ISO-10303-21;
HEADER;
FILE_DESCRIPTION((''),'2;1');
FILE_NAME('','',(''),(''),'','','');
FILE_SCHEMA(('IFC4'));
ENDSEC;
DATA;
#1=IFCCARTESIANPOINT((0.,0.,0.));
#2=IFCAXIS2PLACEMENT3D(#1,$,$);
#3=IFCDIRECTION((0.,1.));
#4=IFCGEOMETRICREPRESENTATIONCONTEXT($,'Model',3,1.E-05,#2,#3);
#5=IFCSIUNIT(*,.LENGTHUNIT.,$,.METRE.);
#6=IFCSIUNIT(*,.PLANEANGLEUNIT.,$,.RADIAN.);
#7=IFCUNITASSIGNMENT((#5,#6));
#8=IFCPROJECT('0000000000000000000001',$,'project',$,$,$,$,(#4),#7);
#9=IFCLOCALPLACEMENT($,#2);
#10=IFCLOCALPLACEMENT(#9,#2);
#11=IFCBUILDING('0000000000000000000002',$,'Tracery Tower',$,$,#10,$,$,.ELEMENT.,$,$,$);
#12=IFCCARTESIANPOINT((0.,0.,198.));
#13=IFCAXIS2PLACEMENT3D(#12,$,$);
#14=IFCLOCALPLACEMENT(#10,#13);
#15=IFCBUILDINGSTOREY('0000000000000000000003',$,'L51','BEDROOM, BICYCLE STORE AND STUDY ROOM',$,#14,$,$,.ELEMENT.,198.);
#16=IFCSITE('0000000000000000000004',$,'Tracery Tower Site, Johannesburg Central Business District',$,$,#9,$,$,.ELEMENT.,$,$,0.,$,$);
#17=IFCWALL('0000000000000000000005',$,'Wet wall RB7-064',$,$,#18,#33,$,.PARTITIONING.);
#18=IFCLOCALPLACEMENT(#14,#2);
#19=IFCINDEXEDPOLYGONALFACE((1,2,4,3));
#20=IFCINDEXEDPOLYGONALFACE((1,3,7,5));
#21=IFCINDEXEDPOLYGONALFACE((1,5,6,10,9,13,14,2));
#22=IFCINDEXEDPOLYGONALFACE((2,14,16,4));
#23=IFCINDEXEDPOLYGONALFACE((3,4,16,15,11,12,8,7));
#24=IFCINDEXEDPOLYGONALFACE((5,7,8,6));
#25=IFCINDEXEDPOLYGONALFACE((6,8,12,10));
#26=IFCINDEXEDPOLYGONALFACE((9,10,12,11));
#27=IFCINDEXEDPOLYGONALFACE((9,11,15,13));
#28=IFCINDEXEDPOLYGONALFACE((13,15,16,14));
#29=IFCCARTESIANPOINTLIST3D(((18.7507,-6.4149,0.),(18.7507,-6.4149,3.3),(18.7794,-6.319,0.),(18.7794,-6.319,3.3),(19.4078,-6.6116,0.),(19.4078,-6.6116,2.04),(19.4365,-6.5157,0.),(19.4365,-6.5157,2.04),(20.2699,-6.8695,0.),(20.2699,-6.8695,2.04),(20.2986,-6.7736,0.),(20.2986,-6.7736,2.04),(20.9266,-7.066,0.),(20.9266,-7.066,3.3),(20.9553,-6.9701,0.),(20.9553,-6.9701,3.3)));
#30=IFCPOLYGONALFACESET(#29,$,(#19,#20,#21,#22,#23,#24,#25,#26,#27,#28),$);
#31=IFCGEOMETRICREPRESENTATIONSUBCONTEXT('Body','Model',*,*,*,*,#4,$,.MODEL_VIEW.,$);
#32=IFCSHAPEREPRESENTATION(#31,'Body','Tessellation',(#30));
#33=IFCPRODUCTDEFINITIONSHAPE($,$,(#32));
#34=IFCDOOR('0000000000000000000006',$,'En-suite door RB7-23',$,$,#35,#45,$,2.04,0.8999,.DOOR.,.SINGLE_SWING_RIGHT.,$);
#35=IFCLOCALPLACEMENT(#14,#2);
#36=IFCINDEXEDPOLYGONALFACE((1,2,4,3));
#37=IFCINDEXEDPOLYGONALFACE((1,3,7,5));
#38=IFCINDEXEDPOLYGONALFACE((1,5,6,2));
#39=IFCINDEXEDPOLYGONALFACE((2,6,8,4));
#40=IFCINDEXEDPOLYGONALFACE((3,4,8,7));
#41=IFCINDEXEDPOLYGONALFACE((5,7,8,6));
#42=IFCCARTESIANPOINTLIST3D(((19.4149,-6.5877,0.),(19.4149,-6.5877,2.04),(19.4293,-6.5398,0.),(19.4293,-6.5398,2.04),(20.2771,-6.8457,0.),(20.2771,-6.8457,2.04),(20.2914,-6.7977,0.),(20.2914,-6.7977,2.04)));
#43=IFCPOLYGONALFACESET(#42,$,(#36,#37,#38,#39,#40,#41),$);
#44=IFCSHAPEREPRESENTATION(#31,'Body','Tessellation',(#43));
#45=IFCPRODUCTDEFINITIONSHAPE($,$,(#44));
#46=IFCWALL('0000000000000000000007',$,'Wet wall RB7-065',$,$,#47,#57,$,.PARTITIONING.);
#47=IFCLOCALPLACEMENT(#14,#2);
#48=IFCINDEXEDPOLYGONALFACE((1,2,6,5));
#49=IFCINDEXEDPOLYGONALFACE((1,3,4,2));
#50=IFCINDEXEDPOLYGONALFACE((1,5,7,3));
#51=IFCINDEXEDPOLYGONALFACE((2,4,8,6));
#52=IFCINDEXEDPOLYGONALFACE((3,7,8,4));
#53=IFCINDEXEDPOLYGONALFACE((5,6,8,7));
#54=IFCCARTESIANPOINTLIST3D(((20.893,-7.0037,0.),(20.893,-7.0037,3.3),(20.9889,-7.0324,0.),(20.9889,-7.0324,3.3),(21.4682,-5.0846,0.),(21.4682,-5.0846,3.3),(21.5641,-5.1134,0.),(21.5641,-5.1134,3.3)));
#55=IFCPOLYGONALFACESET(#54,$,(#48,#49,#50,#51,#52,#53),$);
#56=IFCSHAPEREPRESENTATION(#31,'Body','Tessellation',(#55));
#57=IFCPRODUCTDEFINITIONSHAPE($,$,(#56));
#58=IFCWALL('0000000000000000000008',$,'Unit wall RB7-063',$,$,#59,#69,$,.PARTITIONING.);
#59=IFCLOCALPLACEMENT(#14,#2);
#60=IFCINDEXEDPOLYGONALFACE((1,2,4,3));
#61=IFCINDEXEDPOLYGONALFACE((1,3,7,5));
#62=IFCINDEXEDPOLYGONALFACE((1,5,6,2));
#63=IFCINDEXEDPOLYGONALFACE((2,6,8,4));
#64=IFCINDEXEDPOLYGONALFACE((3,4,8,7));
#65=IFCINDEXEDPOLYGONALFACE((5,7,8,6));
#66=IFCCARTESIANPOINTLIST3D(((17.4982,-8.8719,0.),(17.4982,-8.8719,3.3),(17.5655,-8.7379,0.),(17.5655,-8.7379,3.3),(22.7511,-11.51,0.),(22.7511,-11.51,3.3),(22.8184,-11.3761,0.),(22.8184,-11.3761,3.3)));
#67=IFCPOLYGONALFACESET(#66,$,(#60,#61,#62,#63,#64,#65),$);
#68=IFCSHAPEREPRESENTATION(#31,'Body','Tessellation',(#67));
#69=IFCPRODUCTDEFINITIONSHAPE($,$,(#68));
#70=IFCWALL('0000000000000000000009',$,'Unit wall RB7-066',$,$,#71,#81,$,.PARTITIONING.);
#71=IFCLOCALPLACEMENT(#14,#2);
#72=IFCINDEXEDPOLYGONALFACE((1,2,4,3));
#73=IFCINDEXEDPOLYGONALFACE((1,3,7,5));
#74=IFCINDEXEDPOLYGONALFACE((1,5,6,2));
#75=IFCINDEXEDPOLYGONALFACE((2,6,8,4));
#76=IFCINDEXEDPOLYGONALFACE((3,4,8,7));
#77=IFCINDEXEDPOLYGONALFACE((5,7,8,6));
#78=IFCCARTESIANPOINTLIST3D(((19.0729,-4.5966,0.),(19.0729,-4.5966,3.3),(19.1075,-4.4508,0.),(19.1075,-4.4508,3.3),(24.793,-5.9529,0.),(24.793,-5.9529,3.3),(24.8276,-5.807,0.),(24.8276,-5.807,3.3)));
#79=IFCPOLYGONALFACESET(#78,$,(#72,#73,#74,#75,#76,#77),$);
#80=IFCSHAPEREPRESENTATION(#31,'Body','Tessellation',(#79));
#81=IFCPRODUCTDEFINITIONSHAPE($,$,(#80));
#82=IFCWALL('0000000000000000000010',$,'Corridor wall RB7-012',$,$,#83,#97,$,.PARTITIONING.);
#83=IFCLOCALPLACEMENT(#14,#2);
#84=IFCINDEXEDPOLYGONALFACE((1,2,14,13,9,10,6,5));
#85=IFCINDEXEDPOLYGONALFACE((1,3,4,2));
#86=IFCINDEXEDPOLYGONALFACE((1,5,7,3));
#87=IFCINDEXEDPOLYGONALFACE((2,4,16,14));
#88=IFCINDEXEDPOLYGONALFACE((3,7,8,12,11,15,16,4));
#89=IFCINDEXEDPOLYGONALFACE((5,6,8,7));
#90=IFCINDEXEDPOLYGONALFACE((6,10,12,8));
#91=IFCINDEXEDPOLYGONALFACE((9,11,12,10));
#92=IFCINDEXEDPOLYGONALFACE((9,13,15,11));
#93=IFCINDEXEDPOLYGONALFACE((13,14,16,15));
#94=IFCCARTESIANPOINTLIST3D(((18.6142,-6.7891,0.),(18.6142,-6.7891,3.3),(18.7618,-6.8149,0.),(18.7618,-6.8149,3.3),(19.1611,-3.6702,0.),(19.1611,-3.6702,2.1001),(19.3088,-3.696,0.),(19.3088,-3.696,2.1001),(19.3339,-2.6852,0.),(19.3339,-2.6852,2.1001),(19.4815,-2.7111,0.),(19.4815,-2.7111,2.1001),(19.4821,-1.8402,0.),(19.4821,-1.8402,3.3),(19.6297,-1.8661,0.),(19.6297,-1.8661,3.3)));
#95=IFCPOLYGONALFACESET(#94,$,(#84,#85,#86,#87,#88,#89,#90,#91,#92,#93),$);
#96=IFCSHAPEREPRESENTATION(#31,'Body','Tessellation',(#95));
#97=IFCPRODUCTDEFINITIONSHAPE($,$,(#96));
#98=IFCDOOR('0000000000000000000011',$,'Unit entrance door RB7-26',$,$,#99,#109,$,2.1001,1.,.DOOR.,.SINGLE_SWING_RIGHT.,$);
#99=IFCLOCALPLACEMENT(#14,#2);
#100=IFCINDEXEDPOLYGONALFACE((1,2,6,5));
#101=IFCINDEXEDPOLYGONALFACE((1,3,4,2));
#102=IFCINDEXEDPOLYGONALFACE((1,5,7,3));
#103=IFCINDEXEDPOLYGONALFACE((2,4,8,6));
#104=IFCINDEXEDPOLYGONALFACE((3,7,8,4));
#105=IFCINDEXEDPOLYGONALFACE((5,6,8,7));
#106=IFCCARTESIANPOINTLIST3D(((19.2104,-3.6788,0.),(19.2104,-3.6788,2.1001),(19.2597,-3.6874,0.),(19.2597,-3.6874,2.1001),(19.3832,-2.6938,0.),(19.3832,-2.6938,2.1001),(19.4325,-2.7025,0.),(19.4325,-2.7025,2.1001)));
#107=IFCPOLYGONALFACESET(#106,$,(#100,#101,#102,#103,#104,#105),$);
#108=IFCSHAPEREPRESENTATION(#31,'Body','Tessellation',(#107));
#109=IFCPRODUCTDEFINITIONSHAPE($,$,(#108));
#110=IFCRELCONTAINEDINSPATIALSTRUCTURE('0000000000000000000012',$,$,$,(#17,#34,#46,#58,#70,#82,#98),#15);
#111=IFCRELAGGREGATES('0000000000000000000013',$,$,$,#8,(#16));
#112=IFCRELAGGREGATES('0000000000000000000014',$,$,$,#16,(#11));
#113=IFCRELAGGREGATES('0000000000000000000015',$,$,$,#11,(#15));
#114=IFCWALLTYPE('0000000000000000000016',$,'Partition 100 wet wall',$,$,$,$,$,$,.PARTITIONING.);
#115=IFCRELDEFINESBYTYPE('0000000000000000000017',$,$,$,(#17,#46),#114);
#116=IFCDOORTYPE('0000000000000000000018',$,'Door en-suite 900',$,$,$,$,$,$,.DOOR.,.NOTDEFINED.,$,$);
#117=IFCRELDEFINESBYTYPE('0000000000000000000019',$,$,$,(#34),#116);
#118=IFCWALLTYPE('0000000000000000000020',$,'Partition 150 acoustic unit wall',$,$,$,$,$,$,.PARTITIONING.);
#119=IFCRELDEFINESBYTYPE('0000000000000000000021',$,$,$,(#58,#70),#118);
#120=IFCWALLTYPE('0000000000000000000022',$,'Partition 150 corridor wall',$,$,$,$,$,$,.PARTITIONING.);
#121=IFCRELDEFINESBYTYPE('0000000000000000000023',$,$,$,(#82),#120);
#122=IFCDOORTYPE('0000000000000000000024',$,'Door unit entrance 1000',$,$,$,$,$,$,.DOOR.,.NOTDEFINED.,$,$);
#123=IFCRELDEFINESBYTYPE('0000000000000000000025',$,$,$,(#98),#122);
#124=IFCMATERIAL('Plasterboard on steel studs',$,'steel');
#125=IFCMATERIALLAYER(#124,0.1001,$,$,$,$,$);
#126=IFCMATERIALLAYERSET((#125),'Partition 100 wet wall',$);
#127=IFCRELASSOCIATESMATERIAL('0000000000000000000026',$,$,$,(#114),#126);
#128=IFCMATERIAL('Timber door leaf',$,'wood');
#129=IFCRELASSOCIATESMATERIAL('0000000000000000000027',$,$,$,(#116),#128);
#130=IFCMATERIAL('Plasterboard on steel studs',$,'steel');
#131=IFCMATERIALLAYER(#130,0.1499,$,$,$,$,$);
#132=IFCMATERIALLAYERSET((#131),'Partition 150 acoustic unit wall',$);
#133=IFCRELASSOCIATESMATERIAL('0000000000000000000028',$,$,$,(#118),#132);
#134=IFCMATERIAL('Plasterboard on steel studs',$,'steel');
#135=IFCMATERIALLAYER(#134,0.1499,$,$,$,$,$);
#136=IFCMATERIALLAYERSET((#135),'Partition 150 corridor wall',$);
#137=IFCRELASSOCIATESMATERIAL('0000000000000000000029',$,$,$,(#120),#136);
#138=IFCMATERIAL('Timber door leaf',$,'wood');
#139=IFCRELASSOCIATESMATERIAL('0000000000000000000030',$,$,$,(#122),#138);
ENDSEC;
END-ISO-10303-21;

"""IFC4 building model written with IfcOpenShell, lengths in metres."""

from ifc_helpers import new_model, si_unit, direction, frame, frame_2d, origin, place, context, subcontext, project, spatial, rectangle, extrude, material, layer, layer_set, type_object, element, fill, save


model = new_model("IFC4")

# Units and contexts
model_context = context("Model", 3, precision=1e-05, world=origin(), true_north=direction((0.0, 1.0)))
body_context = subcontext(model_context, "Body", "Model", "MODEL_VIEW")
ifc_project = project(units=[si_unit("LENGTHUNIT", "METRE"), si_unit("PLANEANGLEUNIT", "RADIAN")], contexts=[model_context])

# Site, building, storey
site_placement = place(None, origin())
site = spatial("IfcSite", under=ifc_project, at=site_placement, Name="Tracery Tower Site, Johannesburg Central Business District", CompositionType="ELEMENT", RefElevation=0.0)
building_placement = place(site_placement, origin())
building = spatial("IfcBuilding", under=site, at=building_placement, Name="Tracery Tower", CompositionType="ELEMENT")
storey_placement = place(building_placement, frame((0.0, 0.0, 198.0)))
storey = spatial("IfcBuildingStorey", under=building, at=storey_placement, Name="L51", Description="BEDROOM, BICYCLE STORE AND STUDY ROOM", CompositionType="ELEMENT", Elevation=198.0)

# Wall, opening, door
ifc_material_1 = material(Name="Plasterboard on steel studs", Category="steel")
ifc_layer_1 = layer(ifc_material_1, 0.1001)
ifc_layer_set_1 = layer_set([ifc_layer_1], Name="Partition 100 wet wall")
wall_type_1 = type_object("IfcWallType", Name="Partition 100 wet wall", PredefinedType="PARTITIONING", material=ifc_layer_set_1)
ifc_material_2 = material(Name="Timber door leaf", Category="wood")
door_type_1 = type_object("IfcDoorType", Name="Door en-suite 900", OperationType="NOTDEFINED", PredefinedType="DOOR", material=ifc_material_2)
wall_1_placement = place(storey_placement, frame((18.7649, -6.3669, 0.0), z_axis=(0.0, 0.0, 1.0), x_axis=(0.95803, -0.286667, 0.0)))
wall_1 = element("IfcWall", 1, at=wall_1_placement, inside=storey, type_object=wall_type_1, Name="Wet wall RB7-064", PredefinedType="PARTITIONING", context=body_context, shape_type="SweptSolid", body=[
    extrude(rectangle(XDim=2.2712, YDim=0.1001, at=frame_2d((1.1357, 0.0))), origin(), (0.0, 0.0, 1.0), 3.3),
])
opening_1_placement = place(wall_1_placement, frame((0.686, 0.0, 0.0)))
opening_1 = element("IfcOpeningElement", 2, at=opening_1_placement, cuts=wall_1, PredefinedType="OPENING", context=body_context, shape_type="SweptSolid", body=[
    extrude(rectangle(XDim=0.8999, YDim=2.04, at=frame_2d((0.45, 1.02))), frame((0.0, 0.05, 0.0), z_axis=(0.0, -1.0, 0.0), x_axis=(1.0, 0.0, 0.0)), (0.0, 0.0, 1.0), 0.1001),
])
door_1_placement = place(opening_1_placement, origin())
door_1 = element("IfcDoor", 3, at=door_1_placement, inside=storey, type_object=door_type_1, Name="En-suite door RB7-23", OperationType="SINGLE_SWING_RIGHT", OverallHeight=2.04, OverallWidth=0.8999, PredefinedType="DOOR", context=body_context, shape_type="SweptSolid", body=[
    extrude(rectangle(XDim=0.8999, YDim=2.04, at=frame_2d((0.45, 1.02))), frame((0.0, 0.0249, 0.0), z_axis=(0.0, -1.0, 0.0), x_axis=(1.0, 0.0, 0.0)), (0.0, 0.0, 1.0), 0.05),
])
fill(opening_1, door_1)

# Walls
wall_2_placement = place(storey_placement, frame((20.9409, -7.0181, 0.0), z_axis=(0.0, 0.0, 1.0), x_axis=(0.287124, 0.957893, 0.0)))
element("IfcWall", 4, at=wall_2_placement, inside=storey, type_object=wall_type_1, Name="Wet wall RB7-065", PredefinedType="PARTITIONING", context=body_context, shape_type="SweptSolid", body=[
    extrude(rectangle(XDim=2.0034, YDim=0.1001, at=frame_2d((1.0017, 0.0))), origin(), (0.0, 0.0, 1.0), 3.3),
])
ifc_material_3 = material(Name="Plasterboard on steel studs", Category="steel")
ifc_layer_2 = layer(ifc_material_3, 0.1499)
ifc_layer_set_2 = layer_set([ifc_layer_2], Name="Partition 150 acoustic unit wall")
wall_type_2 = type_object("IfcWallType", Name="Partition 150 acoustic unit wall", PredefinedType="PARTITIONING", material=ifc_layer_set_2)
wall_3_placement = place(storey_placement, frame((17.532, -8.8049, 0.0), z_axis=(0.0, 0.0, 1.0), x_axis=(0.893628, -0.448808, 0.0)))
element("IfcWall", 5, at=wall_3_placement, inside=storey, type_object=wall_type_2, Name="Unit wall RB7-063", PredefinedType="PARTITIONING", context=body_context, shape_type="SweptSolid", body=[
    extrude(rectangle(XDim=5.8782, YDim=0.1499, at=frame_2d((2.939, 0.0))), origin(), (0.0, 0.0, 1.0), 3.3),
])
wall_4_placement = place(storey_placement, frame((19.0901, -4.5237, 0.0), z_axis=(0.0, 0.0, 1.0), x_axis=(0.973024, -0.230703, 0.0)))
element("IfcWall", 6, at=wall_4_placement, inside=storey, type_object=wall_type_2, Name="Unit wall RB7-066", PredefinedType="PARTITIONING", context=body_context, shape_type="SweptSolid", body=[
    extrude(rectangle(XDim=5.8787, YDim=0.1499, at=frame_2d((2.9395, 0.0))), origin(), (0.0, 0.0, 1.0), 3.3),
])

# Wall, opening, door
ifc_material_4 = material(Name="Plasterboard on steel studs", Category="steel")
ifc_layer_3 = layer(ifc_material_4, 0.1499)
ifc_layer_set_3 = layer_set([ifc_layer_3], Name="Partition 150 corridor wall")
wall_type_3 = type_object("IfcWallType", Name="Partition 150 corridor wall", PredefinedType="PARTITIONING", material=ifc_layer_set_3)
wall_5_placement = place(storey_placement, frame((18.688, -6.802, 0.0), z_axis=(0.0, 0.0, 1.0), x_axis=(0.172737, 0.984968, 0.0)))
wall_5 = element("IfcWall", 7, at=wall_5_placement, inside=storey, type_object=wall_type_3, Name="Corridor wall RB7-012", PredefinedType="PARTITIONING", context=body_context, shape_type="SweptSolid", body=[
    extrude(rectangle(XDim=5.0244, YDim=0.1499, at=frame_2d((2.5122, 0.0))), origin(), (0.0, 0.0, 1.0), 3.3),
])
opening_2_placement = place(wall_5_placement, frame((3.1665, 0.0, 0.0)))
opening_2 = element("IfcOpeningElement", 8, at=opening_2_placement, cuts=wall_5, PredefinedType="OPENING", context=body_context, shape_type="SweptSolid", body=[
    extrude(rectangle(XDim=1.0, YDim=2.1001, at=frame_2d((0.5, 1.05))), frame((0.0, 0.075, 0.0), z_axis=(0.0, -1.0, 0.0), x_axis=(1.0, 0.0, 0.0)), (0.0, 0.0, 1.0), 0.1499),
])
ifc_material_5 = material(Name="Timber door leaf", Category="wood")
door_type_2 = type_object("IfcDoorType", Name="Door unit entrance 1000", OperationType="NOTDEFINED", PredefinedType="DOOR", material=ifc_material_5)
door_2_placement = place(opening_2_placement, origin())
door_2 = element("IfcDoor", 9, at=door_2_placement, inside=storey, type_object=door_type_2, Name="Unit entrance door RB7-26", OperationType="SINGLE_SWING_RIGHT", OverallHeight=2.1001, OverallWidth=1.0, PredefinedType="DOOR", context=body_context, shape_type="SweptSolid", body=[
    extrude(rectangle(XDim=1.0, YDim=2.1001, at=frame_2d((0.5, 1.05))), frame((0.0, 0.0249, 0.0), z_axis=(0.0, -1.0, 0.0), x_axis=(1.0, 0.0, 0.0)), (0.0, 0.0, 1.0), 0.05),
])
fill(opening_2, door_2)

save(model, "model.ifc")
